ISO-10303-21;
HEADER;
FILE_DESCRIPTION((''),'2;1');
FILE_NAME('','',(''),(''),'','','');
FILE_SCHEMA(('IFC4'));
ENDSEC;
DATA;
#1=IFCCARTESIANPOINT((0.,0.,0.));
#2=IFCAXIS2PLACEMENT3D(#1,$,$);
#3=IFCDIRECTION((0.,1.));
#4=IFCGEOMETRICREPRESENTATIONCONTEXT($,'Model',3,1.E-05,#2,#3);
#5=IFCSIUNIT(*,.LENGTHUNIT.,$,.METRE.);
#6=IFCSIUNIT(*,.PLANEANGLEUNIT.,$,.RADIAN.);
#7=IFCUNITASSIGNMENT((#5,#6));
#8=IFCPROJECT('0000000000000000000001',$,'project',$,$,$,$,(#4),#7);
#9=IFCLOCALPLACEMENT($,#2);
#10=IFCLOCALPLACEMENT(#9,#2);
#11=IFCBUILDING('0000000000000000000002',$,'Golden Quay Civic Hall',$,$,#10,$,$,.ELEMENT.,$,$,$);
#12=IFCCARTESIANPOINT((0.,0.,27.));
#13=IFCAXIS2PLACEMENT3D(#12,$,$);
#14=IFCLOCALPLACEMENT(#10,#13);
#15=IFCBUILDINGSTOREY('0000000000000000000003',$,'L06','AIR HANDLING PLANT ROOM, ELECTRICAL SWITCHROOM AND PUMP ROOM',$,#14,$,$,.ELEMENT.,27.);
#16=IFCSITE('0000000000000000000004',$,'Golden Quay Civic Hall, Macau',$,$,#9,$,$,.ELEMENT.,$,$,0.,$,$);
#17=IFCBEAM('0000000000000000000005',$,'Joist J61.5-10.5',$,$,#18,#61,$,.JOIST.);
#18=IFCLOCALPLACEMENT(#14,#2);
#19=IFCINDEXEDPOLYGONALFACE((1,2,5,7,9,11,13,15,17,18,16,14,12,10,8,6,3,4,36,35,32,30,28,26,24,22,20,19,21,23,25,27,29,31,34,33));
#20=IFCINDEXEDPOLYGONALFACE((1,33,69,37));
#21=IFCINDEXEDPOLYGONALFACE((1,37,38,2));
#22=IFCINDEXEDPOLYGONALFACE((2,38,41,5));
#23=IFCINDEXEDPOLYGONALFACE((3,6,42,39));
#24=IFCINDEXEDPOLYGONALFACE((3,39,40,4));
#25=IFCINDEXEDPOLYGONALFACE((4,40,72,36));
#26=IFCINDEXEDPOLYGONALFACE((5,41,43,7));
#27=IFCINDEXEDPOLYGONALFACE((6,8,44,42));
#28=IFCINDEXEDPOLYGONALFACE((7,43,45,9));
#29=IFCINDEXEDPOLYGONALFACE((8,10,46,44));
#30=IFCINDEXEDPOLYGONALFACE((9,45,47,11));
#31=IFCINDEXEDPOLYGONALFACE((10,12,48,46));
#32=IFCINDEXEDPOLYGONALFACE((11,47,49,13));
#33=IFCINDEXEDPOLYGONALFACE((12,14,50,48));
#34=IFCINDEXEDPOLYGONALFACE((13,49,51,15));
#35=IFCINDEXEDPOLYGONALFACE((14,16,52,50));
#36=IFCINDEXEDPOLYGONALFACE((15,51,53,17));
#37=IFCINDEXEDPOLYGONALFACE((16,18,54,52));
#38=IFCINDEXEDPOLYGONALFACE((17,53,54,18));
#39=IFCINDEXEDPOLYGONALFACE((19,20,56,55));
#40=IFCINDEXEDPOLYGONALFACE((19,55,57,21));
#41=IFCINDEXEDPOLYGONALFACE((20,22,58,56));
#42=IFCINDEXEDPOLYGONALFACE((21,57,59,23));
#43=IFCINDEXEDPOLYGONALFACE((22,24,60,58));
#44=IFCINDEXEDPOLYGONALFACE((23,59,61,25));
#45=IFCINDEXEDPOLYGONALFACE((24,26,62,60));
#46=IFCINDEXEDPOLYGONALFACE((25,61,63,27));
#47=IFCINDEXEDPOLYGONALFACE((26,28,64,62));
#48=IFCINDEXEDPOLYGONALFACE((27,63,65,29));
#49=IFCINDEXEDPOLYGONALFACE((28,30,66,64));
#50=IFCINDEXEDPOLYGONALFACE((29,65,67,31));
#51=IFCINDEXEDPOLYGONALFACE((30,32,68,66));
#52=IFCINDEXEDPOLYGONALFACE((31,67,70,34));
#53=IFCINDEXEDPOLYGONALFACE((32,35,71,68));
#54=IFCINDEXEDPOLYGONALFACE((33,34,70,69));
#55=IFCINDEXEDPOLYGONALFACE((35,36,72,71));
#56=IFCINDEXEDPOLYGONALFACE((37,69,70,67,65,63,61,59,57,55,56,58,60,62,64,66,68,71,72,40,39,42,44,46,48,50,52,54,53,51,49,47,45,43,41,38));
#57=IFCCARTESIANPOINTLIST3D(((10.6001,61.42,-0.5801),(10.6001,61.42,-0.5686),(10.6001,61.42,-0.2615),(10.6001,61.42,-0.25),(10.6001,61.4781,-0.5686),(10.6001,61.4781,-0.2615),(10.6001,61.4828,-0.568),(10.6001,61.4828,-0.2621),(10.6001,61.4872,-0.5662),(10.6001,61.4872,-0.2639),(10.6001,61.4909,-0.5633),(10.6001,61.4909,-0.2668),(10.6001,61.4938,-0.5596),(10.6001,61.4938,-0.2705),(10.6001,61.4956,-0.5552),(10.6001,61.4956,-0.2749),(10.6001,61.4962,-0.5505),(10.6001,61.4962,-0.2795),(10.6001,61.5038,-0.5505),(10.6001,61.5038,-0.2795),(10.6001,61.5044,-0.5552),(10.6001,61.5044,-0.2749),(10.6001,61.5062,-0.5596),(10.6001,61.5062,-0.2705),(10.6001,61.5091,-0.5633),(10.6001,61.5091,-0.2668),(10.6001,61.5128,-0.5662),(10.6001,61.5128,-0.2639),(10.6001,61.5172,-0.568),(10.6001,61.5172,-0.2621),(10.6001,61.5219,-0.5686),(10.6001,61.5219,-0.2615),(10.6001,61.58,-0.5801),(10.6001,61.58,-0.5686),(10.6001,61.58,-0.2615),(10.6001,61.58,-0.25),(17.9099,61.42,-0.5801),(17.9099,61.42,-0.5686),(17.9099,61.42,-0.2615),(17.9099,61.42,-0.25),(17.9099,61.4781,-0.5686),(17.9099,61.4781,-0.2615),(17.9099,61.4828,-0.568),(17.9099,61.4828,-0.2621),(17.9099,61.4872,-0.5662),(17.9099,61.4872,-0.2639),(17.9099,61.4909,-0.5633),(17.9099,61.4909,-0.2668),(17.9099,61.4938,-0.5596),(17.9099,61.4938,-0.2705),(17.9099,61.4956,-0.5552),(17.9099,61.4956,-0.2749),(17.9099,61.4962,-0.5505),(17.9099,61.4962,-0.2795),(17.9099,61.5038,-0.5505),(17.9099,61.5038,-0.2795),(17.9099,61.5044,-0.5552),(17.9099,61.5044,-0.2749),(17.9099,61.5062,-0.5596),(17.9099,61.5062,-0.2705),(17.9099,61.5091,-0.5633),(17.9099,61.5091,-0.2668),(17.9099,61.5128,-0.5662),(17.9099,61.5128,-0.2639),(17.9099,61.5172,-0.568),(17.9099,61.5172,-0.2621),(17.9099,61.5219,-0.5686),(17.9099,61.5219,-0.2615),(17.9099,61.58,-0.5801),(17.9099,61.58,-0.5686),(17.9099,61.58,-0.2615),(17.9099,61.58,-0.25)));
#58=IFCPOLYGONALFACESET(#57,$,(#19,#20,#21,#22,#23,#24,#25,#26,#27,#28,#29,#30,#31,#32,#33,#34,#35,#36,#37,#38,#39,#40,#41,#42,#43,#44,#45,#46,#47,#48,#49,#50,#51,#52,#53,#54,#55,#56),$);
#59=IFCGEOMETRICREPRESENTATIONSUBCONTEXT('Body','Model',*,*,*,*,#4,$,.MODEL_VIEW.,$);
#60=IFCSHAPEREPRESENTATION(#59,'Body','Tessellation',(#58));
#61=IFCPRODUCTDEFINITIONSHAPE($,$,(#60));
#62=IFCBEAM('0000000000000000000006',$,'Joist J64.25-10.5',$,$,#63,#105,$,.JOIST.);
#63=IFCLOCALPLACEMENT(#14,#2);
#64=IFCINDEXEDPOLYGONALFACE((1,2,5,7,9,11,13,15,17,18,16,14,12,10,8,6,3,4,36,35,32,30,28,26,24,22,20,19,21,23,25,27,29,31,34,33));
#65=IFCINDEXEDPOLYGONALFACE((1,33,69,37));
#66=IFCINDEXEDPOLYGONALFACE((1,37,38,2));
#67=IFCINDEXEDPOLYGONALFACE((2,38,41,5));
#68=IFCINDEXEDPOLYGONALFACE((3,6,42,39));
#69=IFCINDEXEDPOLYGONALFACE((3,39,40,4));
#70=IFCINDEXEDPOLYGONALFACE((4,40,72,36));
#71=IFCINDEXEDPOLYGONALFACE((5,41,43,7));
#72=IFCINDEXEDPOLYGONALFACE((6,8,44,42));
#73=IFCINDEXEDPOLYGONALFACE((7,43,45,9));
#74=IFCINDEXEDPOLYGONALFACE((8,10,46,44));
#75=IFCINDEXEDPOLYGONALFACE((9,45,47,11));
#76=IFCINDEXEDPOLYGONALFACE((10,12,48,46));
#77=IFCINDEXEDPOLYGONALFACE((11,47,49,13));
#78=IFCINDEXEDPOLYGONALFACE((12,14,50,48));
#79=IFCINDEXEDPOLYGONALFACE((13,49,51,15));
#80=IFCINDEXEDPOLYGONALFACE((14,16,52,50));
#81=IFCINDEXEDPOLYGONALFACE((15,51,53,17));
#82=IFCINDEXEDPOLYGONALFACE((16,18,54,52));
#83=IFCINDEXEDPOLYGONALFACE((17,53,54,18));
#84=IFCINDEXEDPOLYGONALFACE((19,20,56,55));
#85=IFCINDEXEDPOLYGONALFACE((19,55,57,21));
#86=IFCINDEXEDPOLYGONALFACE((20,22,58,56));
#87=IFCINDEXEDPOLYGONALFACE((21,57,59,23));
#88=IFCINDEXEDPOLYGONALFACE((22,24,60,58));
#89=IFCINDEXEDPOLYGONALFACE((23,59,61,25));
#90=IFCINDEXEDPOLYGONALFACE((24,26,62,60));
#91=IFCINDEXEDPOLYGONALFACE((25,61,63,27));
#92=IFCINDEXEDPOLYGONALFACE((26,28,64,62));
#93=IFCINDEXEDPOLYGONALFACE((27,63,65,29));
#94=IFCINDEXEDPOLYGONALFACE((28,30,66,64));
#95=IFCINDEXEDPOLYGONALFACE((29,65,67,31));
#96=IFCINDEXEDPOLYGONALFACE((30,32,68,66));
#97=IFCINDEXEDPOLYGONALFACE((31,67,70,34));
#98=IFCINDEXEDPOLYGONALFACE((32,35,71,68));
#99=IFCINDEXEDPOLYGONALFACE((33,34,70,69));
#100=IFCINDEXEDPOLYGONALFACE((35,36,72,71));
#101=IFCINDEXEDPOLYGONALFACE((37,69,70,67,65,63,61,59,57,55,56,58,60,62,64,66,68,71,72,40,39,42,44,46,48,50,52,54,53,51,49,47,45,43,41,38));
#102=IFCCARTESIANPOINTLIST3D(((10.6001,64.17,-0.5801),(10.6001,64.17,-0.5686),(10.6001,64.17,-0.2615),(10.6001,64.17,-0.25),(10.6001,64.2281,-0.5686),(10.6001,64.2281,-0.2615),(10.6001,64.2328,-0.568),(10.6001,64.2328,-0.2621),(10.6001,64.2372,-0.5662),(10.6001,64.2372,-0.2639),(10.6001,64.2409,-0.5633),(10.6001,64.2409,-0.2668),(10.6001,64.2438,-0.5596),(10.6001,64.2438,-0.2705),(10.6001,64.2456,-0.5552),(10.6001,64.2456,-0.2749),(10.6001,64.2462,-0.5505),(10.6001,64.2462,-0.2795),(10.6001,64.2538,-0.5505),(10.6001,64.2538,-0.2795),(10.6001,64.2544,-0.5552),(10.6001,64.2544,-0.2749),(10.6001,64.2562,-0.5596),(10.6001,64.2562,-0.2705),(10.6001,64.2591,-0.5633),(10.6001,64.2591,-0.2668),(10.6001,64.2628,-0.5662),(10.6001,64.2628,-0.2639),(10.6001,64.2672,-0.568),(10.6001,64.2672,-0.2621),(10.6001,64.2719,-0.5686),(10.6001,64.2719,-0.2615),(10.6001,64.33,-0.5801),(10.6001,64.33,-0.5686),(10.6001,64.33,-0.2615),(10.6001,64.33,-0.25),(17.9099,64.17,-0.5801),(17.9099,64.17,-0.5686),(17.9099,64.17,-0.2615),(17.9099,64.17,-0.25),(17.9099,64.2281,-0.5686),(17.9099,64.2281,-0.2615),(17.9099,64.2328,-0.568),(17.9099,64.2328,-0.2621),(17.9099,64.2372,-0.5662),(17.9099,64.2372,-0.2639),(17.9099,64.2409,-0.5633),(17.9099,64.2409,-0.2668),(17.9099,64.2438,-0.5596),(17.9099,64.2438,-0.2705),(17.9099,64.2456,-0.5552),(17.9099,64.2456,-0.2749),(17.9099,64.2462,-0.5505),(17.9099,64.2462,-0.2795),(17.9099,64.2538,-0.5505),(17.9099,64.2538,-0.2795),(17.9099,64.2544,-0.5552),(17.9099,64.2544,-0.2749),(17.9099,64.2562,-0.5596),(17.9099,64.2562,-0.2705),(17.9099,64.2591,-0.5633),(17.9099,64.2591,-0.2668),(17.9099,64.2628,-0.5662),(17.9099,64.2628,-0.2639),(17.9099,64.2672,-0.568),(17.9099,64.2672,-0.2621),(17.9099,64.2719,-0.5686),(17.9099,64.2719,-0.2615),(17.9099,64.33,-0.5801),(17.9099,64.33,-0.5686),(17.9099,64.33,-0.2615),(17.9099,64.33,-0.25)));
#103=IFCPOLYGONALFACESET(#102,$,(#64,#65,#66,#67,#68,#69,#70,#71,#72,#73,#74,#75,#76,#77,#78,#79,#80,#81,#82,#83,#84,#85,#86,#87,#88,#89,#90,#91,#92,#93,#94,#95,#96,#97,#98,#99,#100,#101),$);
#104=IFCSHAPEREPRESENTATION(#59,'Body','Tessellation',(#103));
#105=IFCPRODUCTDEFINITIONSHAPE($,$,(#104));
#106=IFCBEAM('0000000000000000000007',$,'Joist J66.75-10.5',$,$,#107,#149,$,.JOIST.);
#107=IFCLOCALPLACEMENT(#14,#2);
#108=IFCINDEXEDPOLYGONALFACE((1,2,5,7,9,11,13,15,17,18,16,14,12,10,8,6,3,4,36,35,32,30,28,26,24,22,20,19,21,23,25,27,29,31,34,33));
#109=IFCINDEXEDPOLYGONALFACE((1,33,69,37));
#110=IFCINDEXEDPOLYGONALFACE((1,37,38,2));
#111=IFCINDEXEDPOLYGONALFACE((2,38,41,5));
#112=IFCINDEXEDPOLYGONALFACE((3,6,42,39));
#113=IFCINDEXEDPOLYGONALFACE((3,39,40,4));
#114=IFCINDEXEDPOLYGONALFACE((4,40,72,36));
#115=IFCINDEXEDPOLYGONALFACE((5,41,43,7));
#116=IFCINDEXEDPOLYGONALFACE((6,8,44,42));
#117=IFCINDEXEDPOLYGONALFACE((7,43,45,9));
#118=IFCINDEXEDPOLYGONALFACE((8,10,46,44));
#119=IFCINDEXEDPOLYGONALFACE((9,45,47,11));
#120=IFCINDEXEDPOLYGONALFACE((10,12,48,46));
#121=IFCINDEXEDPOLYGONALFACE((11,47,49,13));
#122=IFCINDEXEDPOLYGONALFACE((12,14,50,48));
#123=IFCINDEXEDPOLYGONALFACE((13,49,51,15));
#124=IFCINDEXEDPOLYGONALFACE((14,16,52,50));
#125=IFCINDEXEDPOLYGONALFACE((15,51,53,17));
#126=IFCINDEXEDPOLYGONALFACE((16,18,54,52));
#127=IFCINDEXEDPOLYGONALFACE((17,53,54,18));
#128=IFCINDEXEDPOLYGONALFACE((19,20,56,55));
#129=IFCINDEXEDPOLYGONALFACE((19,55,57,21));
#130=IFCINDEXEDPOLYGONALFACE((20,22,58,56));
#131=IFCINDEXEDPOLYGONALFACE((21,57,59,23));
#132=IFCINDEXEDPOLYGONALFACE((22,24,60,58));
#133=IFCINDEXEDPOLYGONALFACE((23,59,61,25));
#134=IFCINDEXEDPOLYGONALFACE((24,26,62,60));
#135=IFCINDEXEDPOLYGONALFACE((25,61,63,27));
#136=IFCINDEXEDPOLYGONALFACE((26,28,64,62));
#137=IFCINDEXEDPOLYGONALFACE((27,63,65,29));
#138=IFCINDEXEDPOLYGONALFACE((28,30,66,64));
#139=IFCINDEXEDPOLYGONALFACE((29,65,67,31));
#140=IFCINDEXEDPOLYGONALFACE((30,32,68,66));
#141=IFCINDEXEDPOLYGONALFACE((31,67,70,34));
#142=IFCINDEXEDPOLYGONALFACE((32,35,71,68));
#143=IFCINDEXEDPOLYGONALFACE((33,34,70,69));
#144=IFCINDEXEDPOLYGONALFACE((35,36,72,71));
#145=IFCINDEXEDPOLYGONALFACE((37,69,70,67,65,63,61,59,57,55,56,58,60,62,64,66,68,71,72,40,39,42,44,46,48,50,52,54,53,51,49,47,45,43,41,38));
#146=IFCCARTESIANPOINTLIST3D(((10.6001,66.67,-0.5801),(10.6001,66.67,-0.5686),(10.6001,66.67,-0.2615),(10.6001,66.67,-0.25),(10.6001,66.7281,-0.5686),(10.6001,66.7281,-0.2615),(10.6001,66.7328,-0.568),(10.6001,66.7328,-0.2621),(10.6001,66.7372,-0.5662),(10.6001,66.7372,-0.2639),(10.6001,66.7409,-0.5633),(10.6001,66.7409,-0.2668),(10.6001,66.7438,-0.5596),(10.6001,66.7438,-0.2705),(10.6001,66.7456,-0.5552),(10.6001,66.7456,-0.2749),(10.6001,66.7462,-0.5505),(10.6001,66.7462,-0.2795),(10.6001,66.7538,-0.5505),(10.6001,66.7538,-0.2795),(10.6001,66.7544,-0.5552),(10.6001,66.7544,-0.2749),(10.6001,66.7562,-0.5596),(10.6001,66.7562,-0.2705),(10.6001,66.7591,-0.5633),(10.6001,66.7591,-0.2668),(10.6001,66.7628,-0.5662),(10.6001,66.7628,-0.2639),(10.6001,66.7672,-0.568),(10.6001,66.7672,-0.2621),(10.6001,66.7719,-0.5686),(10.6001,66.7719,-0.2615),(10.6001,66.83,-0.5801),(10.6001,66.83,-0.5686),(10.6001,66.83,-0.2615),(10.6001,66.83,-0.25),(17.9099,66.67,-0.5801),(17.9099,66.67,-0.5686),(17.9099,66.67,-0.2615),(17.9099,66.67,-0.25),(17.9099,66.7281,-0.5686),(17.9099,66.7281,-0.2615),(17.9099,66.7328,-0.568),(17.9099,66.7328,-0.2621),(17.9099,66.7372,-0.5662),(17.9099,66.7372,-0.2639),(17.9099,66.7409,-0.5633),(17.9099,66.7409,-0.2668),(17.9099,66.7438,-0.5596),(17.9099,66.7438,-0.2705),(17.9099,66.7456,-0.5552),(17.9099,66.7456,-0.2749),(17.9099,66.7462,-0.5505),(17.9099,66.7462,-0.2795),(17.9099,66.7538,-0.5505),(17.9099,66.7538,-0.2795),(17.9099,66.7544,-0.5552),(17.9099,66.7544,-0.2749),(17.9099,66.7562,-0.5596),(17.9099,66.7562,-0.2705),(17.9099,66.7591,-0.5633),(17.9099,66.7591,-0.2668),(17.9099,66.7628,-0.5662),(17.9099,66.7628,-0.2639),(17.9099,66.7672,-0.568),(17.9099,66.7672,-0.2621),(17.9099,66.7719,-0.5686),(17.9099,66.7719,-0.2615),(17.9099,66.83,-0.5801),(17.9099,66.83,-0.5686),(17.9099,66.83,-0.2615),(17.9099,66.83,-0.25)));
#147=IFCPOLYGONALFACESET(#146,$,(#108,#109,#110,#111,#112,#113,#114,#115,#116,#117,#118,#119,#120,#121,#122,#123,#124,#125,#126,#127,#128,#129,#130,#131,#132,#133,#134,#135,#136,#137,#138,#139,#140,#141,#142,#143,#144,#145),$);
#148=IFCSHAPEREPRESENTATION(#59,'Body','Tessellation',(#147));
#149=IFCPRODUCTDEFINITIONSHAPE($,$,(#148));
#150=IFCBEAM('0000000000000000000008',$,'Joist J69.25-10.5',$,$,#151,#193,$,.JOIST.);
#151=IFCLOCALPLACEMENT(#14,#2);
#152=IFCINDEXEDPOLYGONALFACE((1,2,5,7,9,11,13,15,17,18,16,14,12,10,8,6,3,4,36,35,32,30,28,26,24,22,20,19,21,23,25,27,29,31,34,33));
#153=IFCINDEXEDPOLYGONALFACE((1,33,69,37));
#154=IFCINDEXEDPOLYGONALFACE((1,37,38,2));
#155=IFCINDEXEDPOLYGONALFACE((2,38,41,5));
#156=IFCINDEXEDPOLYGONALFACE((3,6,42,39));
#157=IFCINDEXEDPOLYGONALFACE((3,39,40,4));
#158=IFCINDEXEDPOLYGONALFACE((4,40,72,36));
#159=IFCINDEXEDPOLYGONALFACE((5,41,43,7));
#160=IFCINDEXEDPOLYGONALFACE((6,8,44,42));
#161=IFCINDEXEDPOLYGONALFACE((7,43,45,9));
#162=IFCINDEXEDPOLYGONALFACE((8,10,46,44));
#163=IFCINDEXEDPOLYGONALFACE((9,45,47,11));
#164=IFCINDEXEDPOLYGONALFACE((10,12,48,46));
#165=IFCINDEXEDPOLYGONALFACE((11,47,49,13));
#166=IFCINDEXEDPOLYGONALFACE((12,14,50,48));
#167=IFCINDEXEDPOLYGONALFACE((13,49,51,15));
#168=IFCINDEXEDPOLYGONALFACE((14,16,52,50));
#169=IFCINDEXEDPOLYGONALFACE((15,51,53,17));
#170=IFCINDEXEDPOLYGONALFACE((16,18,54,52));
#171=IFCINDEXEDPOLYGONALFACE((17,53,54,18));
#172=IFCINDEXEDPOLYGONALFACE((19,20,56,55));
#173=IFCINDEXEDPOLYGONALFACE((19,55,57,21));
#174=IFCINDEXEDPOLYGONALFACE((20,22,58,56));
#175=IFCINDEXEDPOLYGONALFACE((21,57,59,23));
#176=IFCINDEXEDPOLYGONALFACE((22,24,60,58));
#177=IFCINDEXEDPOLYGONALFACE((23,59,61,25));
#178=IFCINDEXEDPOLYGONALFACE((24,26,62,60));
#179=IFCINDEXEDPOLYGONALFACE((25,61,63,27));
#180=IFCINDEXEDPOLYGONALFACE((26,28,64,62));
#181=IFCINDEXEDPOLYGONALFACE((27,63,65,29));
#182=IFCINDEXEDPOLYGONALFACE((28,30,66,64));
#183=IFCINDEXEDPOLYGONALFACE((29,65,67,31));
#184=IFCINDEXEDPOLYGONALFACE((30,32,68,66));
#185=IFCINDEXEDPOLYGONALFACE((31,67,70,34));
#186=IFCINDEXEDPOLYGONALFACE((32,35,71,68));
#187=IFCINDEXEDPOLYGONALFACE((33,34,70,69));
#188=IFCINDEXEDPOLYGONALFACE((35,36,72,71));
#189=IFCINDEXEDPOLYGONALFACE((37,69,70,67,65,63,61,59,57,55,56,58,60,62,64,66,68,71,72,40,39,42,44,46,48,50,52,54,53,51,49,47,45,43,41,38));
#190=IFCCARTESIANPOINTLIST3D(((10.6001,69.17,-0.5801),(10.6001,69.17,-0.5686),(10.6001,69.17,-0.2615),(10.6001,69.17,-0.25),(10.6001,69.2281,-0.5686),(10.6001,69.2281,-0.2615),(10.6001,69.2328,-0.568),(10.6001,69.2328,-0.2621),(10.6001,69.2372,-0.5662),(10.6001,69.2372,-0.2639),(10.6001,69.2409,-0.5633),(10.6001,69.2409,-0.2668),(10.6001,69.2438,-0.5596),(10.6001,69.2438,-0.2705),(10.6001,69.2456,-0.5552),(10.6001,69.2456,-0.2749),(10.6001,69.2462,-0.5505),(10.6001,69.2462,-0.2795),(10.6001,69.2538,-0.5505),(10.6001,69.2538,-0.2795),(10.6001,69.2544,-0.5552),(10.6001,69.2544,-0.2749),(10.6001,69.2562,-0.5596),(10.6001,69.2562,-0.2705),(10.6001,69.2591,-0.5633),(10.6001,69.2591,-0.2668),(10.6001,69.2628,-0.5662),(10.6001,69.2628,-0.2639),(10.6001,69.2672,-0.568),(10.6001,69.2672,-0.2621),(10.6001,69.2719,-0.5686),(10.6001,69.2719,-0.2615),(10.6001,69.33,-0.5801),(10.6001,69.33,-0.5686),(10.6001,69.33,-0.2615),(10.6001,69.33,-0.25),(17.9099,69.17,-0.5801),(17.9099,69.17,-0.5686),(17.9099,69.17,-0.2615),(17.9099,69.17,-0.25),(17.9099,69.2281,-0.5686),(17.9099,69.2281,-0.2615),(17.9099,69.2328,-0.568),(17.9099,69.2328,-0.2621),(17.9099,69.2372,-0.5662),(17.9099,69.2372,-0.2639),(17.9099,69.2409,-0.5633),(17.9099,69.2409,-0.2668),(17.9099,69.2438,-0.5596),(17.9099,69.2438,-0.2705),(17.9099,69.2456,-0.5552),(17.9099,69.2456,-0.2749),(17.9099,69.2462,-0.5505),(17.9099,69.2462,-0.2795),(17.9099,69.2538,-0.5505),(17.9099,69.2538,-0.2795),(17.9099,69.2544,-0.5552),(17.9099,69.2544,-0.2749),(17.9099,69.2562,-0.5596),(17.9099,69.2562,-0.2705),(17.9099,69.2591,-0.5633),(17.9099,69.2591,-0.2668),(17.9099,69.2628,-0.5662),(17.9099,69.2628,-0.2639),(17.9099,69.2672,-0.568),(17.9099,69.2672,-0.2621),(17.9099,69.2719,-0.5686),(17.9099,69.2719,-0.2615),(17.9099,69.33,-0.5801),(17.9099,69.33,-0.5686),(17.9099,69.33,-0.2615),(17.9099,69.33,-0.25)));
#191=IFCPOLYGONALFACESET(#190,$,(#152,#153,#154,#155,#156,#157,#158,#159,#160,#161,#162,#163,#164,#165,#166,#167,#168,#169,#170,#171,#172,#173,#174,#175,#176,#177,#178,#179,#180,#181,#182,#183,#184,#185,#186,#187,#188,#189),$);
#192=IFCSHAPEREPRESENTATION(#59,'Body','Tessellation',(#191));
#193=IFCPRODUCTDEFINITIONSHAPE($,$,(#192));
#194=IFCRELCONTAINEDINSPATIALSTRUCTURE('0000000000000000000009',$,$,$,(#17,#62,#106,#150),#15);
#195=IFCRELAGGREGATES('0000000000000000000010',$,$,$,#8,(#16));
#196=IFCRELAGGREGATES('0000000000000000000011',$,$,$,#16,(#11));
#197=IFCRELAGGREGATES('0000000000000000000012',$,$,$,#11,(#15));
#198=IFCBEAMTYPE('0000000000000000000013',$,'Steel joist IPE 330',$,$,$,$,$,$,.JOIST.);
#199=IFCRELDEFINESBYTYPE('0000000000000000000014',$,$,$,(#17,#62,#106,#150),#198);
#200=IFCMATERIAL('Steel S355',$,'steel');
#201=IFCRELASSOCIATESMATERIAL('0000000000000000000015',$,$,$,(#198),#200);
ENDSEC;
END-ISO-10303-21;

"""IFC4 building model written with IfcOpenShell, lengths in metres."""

from ifc_helpers import new_model, si_unit, direction, frame, origin, origin_2d, place, context, subcontext, project, spatial, i_section, extrude, material, material_profile, profile_set, type_object, element, save


model = new_model("IFC4")

# Units and contexts
model_context = context("Model", 3, precision=1e-05, world=origin(), true_north=direction((0.0, 1.0)))
body_context = subcontext(model_context, "Body", "Model", "MODEL_VIEW")
ifc_project = project(units=[si_unit("LENGTHUNIT", "METRE"), si_unit("PLANEANGLEUNIT", "RADIAN")], contexts=[model_context])

# Site, building, storey
site_placement = place(None, origin())
site = spatial("IfcSite", under=ifc_project, at=site_placement, Name="Golden Quay Civic Hall, Macau", CompositionType="ELEMENT", RefElevation=0.0)
building_placement = place(site_placement, origin())
building = spatial("IfcBuilding", under=site, at=building_placement, Name="Golden Quay Civic Hall", CompositionType="ELEMENT")
storey_placement = place(building_placement, frame((0.0, 0.0, 27.0)))
storey = spatial("IfcBuildingStorey", under=building, at=storey_placement, Name="L06", Description="AIR HANDLING PLANT ROOM, ELECTRICAL SWITCHROOM AND PUMP ROOM", CompositionType="ELEMENT", Elevation=27.0)

# Beams
ifc_material_1 = material(Name="Steel S355", Category="steel")
ifc_material_profile_1 = material_profile(ifc_material_1, i_section(OverallWidth=0.1599, OverallDepth=0.3301, WebThickness=0.0076, FlangeThickness=0.0115, FilletRadius=0.0181, at=origin_2d()), Name="IPE 330")
ifc_profile_set_1 = profile_set([ifc_material_profile_1], Name="Steel S355")
beam_type_1 = type_object("IfcBeamType", Name="Steel joist IPE 330", PredefinedType="JOIST", material=ifc_profile_set_1)
for number, where, z_axis, x_axis, name in (
    (1, (10.6001, 61.5, -0.415), (1.0, 0.0, 0.0), (0.0, 1.0, 0.0), "Joist J61.5-10.5"),
    (2, (10.6001, 64.25, -0.415), (1.0, 0.0, 0.0), (0.0, 1.0, 0.0), "Joist J64.25-10.5"),
    (3, (10.6001, 66.75, -0.415), (1.0, 0.0, 0.0), (0.0, 1.0, 0.0), "Joist J66.75-10.5"),
    (4, (10.6001, 69.25, -0.415), (1.0, 0.0, 0.0), (0.0, 1.0, 0.0), "Joist J69.25-10.5"),
):
    element("IfcBeam", number, at=place(storey_placement, frame(where, z_axis=z_axis, x_axis=x_axis)), inside=storey, type_object=beam_type_1, Name=name, PredefinedType="JOIST", context=body_context, shape_type="SweptSolid", body=[
        extrude(i_section(OverallWidth=0.1599, OverallDepth=0.3301, WebThickness=0.0076, FlangeThickness=0.0115, FilletRadius=0.0181, at=origin_2d()), origin(), (0.0, 0.0, 1.0), 7.3098),
    ])

save(model, "model.ifc")
